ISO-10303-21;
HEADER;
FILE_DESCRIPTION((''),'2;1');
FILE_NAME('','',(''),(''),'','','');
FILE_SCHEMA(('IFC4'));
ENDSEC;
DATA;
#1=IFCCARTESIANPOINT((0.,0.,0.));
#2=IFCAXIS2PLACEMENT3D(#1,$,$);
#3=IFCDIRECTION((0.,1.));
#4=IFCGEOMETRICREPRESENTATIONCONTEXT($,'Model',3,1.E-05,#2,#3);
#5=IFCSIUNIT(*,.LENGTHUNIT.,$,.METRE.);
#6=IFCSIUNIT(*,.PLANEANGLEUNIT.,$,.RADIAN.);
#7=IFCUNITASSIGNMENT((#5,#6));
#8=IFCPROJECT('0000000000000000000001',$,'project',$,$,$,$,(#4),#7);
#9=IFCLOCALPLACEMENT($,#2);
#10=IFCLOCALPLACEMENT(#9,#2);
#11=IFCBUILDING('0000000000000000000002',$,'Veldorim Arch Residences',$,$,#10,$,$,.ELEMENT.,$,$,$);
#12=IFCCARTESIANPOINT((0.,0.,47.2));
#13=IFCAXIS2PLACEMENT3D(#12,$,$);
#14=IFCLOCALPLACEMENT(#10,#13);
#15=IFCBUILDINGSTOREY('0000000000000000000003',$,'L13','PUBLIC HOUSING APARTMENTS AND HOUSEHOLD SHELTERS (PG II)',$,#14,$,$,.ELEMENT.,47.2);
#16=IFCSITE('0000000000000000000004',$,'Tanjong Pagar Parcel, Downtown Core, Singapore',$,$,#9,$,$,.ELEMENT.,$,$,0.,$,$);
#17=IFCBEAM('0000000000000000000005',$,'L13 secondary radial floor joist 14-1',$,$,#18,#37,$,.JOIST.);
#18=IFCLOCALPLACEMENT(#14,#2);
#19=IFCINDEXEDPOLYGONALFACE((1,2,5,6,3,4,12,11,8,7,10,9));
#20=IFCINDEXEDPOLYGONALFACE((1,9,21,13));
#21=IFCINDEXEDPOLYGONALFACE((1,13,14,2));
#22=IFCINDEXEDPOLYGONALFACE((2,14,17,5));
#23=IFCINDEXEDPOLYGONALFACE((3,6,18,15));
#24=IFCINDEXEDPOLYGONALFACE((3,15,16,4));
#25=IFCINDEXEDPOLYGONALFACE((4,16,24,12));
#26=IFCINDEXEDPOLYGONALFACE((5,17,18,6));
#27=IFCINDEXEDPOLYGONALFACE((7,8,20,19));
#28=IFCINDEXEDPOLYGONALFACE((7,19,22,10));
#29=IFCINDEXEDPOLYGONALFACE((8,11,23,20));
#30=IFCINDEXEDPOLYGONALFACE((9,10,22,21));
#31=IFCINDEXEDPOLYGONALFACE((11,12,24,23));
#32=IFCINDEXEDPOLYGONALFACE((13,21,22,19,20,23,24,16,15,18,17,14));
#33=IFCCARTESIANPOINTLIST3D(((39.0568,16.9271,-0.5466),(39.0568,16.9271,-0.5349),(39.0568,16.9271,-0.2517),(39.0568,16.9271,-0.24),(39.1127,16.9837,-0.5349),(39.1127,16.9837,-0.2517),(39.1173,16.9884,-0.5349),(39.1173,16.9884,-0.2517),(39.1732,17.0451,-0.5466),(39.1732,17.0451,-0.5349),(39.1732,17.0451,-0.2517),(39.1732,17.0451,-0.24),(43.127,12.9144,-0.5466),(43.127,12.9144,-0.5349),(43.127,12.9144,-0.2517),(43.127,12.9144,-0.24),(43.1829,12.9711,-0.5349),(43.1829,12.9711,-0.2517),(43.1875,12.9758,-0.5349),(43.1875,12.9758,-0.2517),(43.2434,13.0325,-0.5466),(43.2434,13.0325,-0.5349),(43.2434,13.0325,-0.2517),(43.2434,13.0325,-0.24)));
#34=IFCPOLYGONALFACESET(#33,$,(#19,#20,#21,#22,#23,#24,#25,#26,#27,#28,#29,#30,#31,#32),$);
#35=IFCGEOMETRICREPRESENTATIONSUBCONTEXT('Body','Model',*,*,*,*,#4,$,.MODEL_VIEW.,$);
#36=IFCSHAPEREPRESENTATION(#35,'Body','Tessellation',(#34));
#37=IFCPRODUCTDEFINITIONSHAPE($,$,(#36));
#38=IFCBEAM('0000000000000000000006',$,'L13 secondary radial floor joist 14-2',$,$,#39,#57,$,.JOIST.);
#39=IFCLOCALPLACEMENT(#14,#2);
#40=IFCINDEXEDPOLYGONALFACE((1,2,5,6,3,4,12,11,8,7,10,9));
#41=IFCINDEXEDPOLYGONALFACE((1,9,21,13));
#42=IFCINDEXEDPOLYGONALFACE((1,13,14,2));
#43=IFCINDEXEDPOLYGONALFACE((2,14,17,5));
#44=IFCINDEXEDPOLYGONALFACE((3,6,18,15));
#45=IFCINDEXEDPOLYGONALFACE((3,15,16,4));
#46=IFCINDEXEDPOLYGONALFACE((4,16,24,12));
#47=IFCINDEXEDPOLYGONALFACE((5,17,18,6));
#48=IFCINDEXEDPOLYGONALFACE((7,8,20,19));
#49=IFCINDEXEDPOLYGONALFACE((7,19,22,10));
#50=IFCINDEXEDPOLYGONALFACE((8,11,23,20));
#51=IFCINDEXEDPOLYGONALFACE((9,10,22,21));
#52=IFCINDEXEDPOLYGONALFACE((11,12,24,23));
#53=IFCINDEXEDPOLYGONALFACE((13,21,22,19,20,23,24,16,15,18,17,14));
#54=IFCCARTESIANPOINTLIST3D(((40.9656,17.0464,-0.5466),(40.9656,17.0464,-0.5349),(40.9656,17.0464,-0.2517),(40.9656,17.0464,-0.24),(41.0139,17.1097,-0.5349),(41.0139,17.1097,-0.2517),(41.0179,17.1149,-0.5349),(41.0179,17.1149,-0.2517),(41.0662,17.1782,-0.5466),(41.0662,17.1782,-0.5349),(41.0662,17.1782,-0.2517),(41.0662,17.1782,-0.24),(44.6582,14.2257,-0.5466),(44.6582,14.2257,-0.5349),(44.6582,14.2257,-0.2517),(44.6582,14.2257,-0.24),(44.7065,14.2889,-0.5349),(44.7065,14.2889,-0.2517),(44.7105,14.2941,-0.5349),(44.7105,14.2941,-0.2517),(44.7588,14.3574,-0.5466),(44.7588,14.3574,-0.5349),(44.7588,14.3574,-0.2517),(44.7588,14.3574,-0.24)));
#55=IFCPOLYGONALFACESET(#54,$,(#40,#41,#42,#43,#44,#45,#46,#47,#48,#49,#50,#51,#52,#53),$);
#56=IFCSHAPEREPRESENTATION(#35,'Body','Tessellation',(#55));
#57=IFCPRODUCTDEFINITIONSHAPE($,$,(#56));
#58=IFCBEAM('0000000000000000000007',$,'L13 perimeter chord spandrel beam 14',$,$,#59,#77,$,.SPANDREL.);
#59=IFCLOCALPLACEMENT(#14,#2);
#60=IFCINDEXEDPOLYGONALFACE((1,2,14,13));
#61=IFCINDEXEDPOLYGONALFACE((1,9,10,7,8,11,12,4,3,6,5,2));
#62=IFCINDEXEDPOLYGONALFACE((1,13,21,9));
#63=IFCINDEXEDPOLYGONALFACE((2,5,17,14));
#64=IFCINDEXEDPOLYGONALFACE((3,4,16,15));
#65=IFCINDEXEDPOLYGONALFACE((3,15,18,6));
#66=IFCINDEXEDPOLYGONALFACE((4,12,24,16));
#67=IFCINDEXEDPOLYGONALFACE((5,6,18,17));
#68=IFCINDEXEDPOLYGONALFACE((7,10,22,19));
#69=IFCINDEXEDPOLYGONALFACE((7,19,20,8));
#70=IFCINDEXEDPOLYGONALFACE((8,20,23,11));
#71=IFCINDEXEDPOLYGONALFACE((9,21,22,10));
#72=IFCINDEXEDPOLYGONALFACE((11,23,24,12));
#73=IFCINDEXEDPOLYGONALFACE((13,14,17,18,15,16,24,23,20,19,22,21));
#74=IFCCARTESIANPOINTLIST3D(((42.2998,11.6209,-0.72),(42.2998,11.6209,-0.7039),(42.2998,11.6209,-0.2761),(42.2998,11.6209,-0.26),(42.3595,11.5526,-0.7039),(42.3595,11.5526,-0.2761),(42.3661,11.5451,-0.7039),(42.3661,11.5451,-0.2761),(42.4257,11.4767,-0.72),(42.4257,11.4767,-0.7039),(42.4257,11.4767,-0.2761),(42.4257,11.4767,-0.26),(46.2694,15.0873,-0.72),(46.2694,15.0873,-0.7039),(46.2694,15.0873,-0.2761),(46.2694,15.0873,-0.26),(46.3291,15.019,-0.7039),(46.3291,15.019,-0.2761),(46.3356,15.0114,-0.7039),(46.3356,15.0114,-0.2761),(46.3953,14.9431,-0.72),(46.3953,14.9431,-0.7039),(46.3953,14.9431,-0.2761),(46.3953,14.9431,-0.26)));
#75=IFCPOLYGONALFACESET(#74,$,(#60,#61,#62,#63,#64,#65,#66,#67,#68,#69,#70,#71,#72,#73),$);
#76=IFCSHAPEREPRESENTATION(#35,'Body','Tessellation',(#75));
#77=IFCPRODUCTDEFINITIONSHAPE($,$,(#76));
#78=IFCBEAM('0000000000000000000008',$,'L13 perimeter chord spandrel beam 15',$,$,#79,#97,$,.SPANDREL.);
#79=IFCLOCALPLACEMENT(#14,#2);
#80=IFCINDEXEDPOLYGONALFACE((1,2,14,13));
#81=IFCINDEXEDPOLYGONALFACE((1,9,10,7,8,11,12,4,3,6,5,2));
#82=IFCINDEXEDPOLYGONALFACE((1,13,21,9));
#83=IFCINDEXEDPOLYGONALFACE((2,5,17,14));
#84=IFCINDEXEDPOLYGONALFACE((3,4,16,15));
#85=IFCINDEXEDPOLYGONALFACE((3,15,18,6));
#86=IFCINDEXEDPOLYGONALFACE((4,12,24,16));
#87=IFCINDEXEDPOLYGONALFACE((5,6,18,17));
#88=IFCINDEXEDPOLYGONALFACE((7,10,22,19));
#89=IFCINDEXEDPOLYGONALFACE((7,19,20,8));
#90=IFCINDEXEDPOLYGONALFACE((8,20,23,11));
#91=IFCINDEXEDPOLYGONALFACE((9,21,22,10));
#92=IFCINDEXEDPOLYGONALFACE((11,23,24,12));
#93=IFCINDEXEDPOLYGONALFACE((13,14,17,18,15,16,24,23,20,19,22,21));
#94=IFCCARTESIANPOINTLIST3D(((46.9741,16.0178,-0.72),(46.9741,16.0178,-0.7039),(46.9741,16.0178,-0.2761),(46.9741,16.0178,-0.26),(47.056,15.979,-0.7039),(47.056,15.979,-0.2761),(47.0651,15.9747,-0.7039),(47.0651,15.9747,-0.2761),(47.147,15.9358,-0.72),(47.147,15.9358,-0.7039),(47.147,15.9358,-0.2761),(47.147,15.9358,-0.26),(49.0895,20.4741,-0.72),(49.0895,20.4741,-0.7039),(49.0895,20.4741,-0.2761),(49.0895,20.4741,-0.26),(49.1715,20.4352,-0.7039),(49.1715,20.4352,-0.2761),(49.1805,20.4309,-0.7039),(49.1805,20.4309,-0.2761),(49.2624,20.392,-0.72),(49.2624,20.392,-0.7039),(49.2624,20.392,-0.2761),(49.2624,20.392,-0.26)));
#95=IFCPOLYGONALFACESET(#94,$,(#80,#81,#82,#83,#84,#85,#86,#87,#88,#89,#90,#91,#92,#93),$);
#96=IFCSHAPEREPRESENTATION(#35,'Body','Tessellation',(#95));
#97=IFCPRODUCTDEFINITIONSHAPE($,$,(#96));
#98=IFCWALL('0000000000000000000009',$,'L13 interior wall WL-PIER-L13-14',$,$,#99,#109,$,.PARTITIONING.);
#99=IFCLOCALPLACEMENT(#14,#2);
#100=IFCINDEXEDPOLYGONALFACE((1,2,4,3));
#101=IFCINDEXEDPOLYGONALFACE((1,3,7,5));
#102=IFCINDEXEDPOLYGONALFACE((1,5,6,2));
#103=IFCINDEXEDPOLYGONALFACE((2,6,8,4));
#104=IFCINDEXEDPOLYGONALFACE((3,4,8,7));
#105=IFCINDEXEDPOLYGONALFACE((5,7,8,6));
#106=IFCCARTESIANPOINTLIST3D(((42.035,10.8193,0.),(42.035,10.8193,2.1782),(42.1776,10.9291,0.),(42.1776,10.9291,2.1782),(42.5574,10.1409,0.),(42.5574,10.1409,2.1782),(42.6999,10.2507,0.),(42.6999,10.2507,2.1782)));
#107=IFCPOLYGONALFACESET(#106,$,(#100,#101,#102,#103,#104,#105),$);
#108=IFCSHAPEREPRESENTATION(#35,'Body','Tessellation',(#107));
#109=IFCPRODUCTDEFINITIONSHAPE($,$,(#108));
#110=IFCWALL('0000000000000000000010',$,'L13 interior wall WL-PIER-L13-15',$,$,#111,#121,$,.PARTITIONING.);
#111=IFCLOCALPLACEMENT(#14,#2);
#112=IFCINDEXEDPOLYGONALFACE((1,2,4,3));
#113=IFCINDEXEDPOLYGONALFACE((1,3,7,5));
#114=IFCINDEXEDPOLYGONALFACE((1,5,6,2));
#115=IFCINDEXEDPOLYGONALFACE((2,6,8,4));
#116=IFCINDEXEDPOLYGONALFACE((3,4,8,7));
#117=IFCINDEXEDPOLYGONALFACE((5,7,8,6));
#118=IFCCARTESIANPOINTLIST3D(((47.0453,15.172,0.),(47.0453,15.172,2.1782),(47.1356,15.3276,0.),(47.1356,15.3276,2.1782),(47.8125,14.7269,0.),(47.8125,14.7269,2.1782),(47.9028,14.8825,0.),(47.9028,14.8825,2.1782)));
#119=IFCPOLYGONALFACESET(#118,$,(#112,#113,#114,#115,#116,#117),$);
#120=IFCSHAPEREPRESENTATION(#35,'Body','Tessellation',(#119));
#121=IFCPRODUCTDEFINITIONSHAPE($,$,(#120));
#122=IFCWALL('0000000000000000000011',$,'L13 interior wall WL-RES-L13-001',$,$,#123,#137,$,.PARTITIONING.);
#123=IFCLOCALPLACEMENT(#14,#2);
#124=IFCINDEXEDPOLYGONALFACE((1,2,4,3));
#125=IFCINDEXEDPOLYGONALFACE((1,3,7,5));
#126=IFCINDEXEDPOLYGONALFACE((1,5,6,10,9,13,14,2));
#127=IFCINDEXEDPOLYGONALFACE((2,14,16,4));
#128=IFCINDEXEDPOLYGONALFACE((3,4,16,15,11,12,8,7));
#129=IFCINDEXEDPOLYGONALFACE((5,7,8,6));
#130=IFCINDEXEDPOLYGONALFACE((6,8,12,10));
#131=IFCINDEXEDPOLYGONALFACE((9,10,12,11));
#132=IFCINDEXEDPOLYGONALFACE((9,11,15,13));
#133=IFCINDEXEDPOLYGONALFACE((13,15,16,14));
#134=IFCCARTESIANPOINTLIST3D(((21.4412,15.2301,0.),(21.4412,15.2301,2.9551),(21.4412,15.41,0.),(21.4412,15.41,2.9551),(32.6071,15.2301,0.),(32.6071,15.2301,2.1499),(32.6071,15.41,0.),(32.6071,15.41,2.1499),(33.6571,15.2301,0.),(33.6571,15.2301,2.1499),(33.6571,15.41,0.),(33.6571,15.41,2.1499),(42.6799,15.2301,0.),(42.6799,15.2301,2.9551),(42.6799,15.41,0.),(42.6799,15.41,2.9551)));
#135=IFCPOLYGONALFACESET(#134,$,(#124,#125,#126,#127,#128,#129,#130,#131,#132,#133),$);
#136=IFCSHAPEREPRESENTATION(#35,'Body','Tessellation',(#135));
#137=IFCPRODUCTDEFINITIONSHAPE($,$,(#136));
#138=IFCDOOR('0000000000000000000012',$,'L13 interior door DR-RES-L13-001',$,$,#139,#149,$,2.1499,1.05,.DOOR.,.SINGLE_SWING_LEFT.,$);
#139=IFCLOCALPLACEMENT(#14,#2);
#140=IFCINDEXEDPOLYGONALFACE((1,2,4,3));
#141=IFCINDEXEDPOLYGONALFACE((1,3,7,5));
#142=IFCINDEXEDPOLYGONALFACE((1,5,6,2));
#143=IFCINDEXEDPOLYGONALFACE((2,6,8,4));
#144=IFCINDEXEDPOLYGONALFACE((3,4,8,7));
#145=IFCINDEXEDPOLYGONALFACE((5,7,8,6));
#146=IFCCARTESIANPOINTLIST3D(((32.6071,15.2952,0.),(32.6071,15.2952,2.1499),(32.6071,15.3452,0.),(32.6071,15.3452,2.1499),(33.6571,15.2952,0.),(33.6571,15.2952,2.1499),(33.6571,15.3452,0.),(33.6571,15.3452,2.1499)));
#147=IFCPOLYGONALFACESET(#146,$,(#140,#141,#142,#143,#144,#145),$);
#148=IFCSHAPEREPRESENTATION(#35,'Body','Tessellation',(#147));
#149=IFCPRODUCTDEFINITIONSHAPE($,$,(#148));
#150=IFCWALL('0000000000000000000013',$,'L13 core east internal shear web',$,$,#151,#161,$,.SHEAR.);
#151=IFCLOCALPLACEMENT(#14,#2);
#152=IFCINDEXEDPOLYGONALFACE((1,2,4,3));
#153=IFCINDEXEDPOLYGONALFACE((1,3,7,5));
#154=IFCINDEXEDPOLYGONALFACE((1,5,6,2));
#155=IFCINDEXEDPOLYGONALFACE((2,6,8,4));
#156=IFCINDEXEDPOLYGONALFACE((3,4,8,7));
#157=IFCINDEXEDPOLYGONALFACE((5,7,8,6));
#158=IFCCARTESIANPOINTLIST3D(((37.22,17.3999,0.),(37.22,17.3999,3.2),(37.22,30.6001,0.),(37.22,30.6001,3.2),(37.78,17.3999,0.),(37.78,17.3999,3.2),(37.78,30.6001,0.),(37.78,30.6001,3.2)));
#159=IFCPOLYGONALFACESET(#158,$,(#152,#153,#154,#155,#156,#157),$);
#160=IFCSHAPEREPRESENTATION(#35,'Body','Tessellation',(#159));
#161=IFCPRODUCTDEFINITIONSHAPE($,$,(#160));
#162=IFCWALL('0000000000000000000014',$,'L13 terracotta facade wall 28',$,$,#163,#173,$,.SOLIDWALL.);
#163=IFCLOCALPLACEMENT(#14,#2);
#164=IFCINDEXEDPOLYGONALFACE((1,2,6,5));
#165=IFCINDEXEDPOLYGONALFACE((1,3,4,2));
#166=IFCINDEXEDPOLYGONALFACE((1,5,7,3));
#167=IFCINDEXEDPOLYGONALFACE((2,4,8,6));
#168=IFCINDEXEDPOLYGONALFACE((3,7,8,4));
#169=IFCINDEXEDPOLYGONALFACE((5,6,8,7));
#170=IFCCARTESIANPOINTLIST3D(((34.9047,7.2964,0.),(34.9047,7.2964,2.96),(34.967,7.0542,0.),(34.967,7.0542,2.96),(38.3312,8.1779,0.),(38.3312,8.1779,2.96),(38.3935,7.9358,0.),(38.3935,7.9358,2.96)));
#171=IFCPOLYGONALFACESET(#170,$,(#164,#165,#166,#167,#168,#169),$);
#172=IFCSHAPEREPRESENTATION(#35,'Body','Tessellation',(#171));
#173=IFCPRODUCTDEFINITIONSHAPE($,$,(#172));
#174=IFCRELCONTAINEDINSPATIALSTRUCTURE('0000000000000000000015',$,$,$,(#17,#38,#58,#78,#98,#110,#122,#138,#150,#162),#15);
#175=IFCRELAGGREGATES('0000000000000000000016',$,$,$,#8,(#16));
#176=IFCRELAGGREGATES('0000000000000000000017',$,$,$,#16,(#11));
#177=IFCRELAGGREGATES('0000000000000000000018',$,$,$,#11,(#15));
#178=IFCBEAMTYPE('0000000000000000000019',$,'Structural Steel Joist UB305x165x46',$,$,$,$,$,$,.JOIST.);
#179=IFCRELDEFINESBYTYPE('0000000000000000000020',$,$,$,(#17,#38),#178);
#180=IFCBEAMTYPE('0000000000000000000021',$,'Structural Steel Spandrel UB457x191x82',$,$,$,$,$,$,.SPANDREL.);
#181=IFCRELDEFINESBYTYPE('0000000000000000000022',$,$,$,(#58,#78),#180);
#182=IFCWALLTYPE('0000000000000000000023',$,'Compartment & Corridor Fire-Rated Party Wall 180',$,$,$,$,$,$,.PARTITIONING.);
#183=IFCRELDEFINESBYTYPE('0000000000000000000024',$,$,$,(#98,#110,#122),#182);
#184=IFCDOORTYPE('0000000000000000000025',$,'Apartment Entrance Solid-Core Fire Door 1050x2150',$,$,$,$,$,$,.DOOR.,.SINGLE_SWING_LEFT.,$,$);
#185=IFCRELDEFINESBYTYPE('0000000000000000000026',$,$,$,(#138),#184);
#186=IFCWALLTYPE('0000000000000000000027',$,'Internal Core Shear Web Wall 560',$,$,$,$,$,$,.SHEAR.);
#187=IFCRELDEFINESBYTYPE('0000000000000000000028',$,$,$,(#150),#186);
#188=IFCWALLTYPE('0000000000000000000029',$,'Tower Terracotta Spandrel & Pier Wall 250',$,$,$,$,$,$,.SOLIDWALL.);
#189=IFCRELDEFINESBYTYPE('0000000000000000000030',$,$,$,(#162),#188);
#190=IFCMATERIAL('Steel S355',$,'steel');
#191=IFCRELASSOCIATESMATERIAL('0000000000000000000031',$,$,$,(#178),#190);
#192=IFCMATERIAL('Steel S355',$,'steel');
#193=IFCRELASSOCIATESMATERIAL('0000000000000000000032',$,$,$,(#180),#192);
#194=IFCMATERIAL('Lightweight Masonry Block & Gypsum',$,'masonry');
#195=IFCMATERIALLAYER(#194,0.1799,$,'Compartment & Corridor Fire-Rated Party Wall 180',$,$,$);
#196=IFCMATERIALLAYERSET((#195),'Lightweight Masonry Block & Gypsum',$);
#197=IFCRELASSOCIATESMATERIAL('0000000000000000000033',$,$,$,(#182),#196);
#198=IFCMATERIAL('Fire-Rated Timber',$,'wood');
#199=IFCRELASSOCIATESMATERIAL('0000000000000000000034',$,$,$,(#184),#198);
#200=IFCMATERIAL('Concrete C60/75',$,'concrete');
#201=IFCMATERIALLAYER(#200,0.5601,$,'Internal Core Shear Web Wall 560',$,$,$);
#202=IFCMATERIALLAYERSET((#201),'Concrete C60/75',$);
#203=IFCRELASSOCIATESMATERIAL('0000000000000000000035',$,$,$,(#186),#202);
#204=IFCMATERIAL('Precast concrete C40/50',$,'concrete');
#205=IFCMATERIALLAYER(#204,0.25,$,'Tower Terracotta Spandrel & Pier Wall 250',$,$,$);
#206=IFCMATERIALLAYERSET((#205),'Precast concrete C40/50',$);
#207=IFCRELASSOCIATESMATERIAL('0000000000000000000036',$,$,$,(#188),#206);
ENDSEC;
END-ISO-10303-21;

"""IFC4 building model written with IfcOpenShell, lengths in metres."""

from ifc_helpers import new_model, si_unit, direction, frame, frame_2d, origin, origin_2d, place, context, subcontext, project, spatial, rectangle, i_section, extrude, material, layer, layer_set, material_profile, profile_set, type_object, element, fill, save


model = new_model("IFC4")

# Units and contexts
model_context = context("Model", 3, precision=1e-05, world=origin(), true_north=direction((0.0, 1.0)))
body_context = subcontext(model_context, "Body", "Model", "MODEL_VIEW")
ifc_project = project(units=[si_unit("LENGTHUNIT", "METRE"), si_unit("PLANEANGLEUNIT", "RADIAN")], contexts=[model_context])

# Site, building, storey
site_placement = place(None, origin())
site = spatial("IfcSite", under=ifc_project, at=site_placement, Name="Tanjong Pagar Parcel, Downtown Core, Singapore", CompositionType="ELEMENT", RefElevation=0.0)
building_placement = place(site_placement, origin())
building = spatial("IfcBuilding", under=site, at=building_placement, Name="Veldorim Arch Residences", CompositionType="ELEMENT")
storey_placement = place(building_placement, frame((0.0, 0.0, 47.2)))
storey = spatial("IfcBuildingStorey", under=building, at=storey_placement, Name="L13", Description="PUBLIC HOUSING APARTMENTS AND HOUSEHOLD SHELTERS (PG II)", CompositionType="ELEMENT", Elevation=47.2)

# Beams
ifc_material_1 = material(Name="Steel S355", Category="steel")
ifc_material_profile_1 = material_profile(ifc_material_1, i_section(OverallWidth=0.1658, OverallDepth=0.3066, WebThickness=0.0066, FlangeThickness=0.0117, at=origin_2d()), Name="UB305x165x46")
ifc_profile_set_1 = profile_set([ifc_material_profile_1], Name="Steel S355")
beam_type_1 = type_object("IfcBeamType", Name="Structural Steel Joist UB305x165x46", PredefinedType="JOIST", material=ifc_profile_set_1)
beam_1_placement = place(storey_placement, frame((39.115, 16.9861, -0.3933), z_axis=(0.712129, -0.702049, 0.0), x_axis=(0.702049, 0.712129, 0.0)))
element("IfcBeam", 1, at=beam_1_placement, inside=storey, type_object=beam_type_1, Name="L13 secondary radial floor joist 14-1", PredefinedType="JOIST", context=body_context, shape_type="SweptSolid", body=[
    extrude(i_section(OverallWidth=0.1658, OverallDepth=0.3066, WebThickness=0.0066, FlangeThickness=0.0117, at=origin_2d()), origin(), (0.0, 0.0, 1.0), 5.7156),
])
beam_2_placement = place(storey_placement, frame((41.0159, 17.1123, -0.3933), z_axis=(0.794666, -0.607046, 0.0), x_axis=(0.607046, 0.794666, 0.0)))
element("IfcBeam", 2, at=beam_2_placement, inside=storey, type_object=beam_type_1, Name="L13 secondary radial floor joist 14-2", PredefinedType="JOIST", context=body_context, shape_type="SweptSolid", body=[
    extrude(i_section(OverallWidth=0.1658, OverallDepth=0.3066, WebThickness=0.0066, FlangeThickness=0.0117, at=origin_2d()), origin(), (0.0, 0.0, 1.0), 4.6467),
])
ifc_material_2 = material(Name="Steel S355", Category="steel")
ifc_material_profile_2 = material_profile(ifc_material_2, i_section(OverallWidth=0.1914, OverallDepth=0.46, WebThickness=0.01, FlangeThickness=0.0161, at=origin_2d()), Name="UB457x191x82")
ifc_profile_set_2 = profile_set([ifc_material_profile_2], Name="Steel S355")
beam_type_2 = type_object("IfcBeamType", Name="Structural Steel Spandrel UB457x191x82", PredefinedType="SPANDREL", material=ifc_profile_set_2)
beam_3_placement = place(storey_placement, frame((42.3628, 11.5488, -0.49), z_axis=(0.753234, 0.657753, 0.0), x_axis=(-0.657753, 0.753234, 0.0)))
element("IfcBeam", 3, at=beam_3_placement, inside=storey, type_object=beam_type_2, Name="L13 perimeter chord spandrel beam 14", PredefinedType="SPANDREL", context=body_context, shape_type="SweptSolid", body=[
    extrude(i_section(OverallWidth=0.1914, OverallDepth=0.46, WebThickness=0.01, FlangeThickness=0.0161, at=origin_2d()), origin(), (0.0, 0.0, 1.0), 5.27),
])
beam_4_placement = place(storey_placement, frame((47.0605, 15.9768, -0.49), z_axis=(0.428848, 0.903377, 0.0), x_axis=(-0.903377, 0.428848, 0.0)))
element("IfcBeam", 4, at=beam_4_placement, inside=storey, type_object=beam_type_2, Name="L13 perimeter chord spandrel beam 15", PredefinedType="SPANDREL", context=body_context, shape_type="SweptSolid", body=[
    extrude(i_section(OverallWidth=0.1914, OverallDepth=0.46, WebThickness=0.01, FlangeThickness=0.0161, at=origin_2d()), origin(), (0.0, 0.0, 1.0), 4.9329),
])

# Walls
ifc_material_3 = material(Name="Lightweight Masonry Block & Gypsum", Category="masonry")
ifc_layer_1 = layer(ifc_material_3, 0.1799, Name="Compartment & Corridor Fire-Rated Party Wall 180")
ifc_layer_set_1 = layer_set([ifc_layer_1], Name="Lightweight Masonry Block & Gypsum")
wall_type_1 = type_object("IfcWallType", Name="Compartment & Corridor Fire-Rated Party Wall 180", PredefinedType="PARTITIONING", material=ifc_layer_set_1)
wall_1_placement = place(storey_placement, frame((42.1062, 10.8743, 0.0), z_axis=(0.0, 0.0, 1.0), x_axis=(0.610124, -0.792306, 0.0)))
element("IfcWall", 5, at=wall_1_placement, inside=storey, type_object=wall_type_1, Name="L13 interior wall WL-PIER-L13-14", PredefinedType="PARTITIONING", context=body_context, shape_type="SweptSolid", body=[
    extrude(rectangle(XDim=0.8562, YDim=0.1799, at=frame_2d((0.4282, 0.0))), origin(), (0.0, 0.0, 1.0), 2.1782),
])
wall_2_placement = place(storey_placement, frame((47.0906, 15.2498, 0.0), z_axis=(0.0, 0.0, 1.0), x_axis=(0.864955, -0.50185, 0.0)))
element("IfcWall", 6, at=wall_2_placement, inside=storey, type_object=wall_type_1, Name="L13 interior wall WL-PIER-L13-15", PredefinedType="PARTITIONING", context=body_context, shape_type="SweptSolid", body=[
    extrude(rectangle(XDim=0.887, YDim=0.1799, at=frame_2d((0.4434, 0.0))), origin(), (0.0, 0.0, 1.0), 2.1782),
])

# Wall, opening, door
wall_3_placement = place(storey_placement, frame((42.6799, 15.3201, 0.0), z_axis=(0.0, 0.0, 1.0), x_axis=(-1.0, 0.0, 0.0)))
wall_3 = element("IfcWall", 7, at=wall_3_placement, inside=storey, type_object=wall_type_1, Name="L13 interior wall WL-RES-L13-001", PredefinedType="PARTITIONING", context=body_context, shape_type="SweptSolid", body=[
    extrude(rectangle(XDim=21.2388, YDim=0.1799, at=frame_2d((10.6194, 0.0))), origin(), (0.0, 0.0, 1.0), 2.9551),
])
opening_1_placement = place(wall_3_placement, frame((9.0229, 0.0, 0.0)))
opening_1 = element("IfcOpeningElement", 8, at=opening_1_placement, cuts=wall_3, PredefinedType="OPENING", context=body_context, shape_type="SweptSolid", body=[
    extrude(rectangle(XDim=1.05, YDim=2.1499, at=frame_2d((0.5249, 1.075))), frame((0.0, 0.0999, 0.0), z_axis=(0.0, -1.0, 0.0), x_axis=(1.0, 0.0, 0.0)), (0.0, 0.0, 1.0), 0.2),
])
ifc_material_4 = material(Name="Fire-Rated Timber", Category="wood")
door_type_1 = type_object("IfcDoorType", Name="Apartment Entrance Solid-Core Fire Door 1050x2150", OperationType="SINGLE_SWING_LEFT", PredefinedType="DOOR", material=ifc_material_4)
door_1_placement = place(opening_1_placement, origin())
door_1 = element("IfcDoor", 9, at=door_1_placement, inside=storey, type_object=door_type_1, Name="L13 interior door DR-RES-L13-001", OperationType="SINGLE_SWING_LEFT", OverallHeight=2.1499, OverallWidth=1.05, PredefinedType="DOOR", context=body_context, shape_type="SweptSolid", body=[
    extrude(rectangle(XDim=1.05, YDim=2.1499, at=frame_2d((0.5249, 1.075))), frame((0.0, 0.0249, 0.0), z_axis=(0.0, -1.0, 0.0), x_axis=(1.0, 0.0, 0.0)), (0.0, 0.0, 1.0), 0.05),
])
fill(opening_1, door_1)

# Wall
ifc_material_5 = material(Name="Concrete C60/75", Category="concrete")
ifc_layer_2 = layer(ifc_material_5, 0.5601, Name="Internal Core Shear Web Wall 560")
ifc_layer_set_2 = layer_set([ifc_layer_2], Name="Concrete C60/75")
wall_type_2 = type_object("IfcWallType", Name="Internal Core Shear Web Wall 560", PredefinedType="SHEAR", material=ifc_layer_set_2)
wall_4_placement = place(storey_placement, frame((37.5, 17.3999, 0.0), z_axis=(0.0, 0.0, 1.0), x_axis=(0.0, 1.0, 0.0)))
element("IfcWall", 10, at=wall_4_placement, inside=storey, type_object=wall_type_2, Name="L13 core east internal shear web", PredefinedType="SHEAR", context=body_context, shape_type="SweptSolid", body=[
    extrude(rectangle(XDim=13.2002, YDim=0.5601, at=frame_2d((6.6001, 0.0))), origin(), (0.0, 0.0, 1.0), 3.2),
])

# Wall
ifc_material_6 = material(Name="Precast concrete C40/50", Category="concrete")
ifc_layer_3 = layer(ifc_material_6, 0.25, Name="Tower Terracotta Spandrel & Pier Wall 250")
ifc_layer_set_3 = layer_set([ifc_layer_3], Name="Precast concrete C40/50")
wall_type_3 = type_object("IfcWallType", Name="Tower Terracotta Spandrel & Pier Wall 250", PredefinedType="SOLIDWALL", material=ifc_layer_set_3)
wall_5_placement = place(storey_placement, frame((38.3623, 8.0569, 0.0), z_axis=(0.0, 0.0, 1.0), x_axis=(-0.96846, -0.24917, 0.0)))
element("IfcWall", 11, at=wall_5_placement, inside=storey, type_object=wall_type_3, Name="L13 terracotta facade wall 28", PredefinedType="SOLIDWALL", context=body_context, shape_type="SweptSolid", body=[
    extrude(rectangle(XDim=3.5381, YDim=0.25, at=frame_2d((1.769, 0.0))), origin(), (0.0, 0.0, 1.0), 2.96),
])

save(model, "model.ifc")
